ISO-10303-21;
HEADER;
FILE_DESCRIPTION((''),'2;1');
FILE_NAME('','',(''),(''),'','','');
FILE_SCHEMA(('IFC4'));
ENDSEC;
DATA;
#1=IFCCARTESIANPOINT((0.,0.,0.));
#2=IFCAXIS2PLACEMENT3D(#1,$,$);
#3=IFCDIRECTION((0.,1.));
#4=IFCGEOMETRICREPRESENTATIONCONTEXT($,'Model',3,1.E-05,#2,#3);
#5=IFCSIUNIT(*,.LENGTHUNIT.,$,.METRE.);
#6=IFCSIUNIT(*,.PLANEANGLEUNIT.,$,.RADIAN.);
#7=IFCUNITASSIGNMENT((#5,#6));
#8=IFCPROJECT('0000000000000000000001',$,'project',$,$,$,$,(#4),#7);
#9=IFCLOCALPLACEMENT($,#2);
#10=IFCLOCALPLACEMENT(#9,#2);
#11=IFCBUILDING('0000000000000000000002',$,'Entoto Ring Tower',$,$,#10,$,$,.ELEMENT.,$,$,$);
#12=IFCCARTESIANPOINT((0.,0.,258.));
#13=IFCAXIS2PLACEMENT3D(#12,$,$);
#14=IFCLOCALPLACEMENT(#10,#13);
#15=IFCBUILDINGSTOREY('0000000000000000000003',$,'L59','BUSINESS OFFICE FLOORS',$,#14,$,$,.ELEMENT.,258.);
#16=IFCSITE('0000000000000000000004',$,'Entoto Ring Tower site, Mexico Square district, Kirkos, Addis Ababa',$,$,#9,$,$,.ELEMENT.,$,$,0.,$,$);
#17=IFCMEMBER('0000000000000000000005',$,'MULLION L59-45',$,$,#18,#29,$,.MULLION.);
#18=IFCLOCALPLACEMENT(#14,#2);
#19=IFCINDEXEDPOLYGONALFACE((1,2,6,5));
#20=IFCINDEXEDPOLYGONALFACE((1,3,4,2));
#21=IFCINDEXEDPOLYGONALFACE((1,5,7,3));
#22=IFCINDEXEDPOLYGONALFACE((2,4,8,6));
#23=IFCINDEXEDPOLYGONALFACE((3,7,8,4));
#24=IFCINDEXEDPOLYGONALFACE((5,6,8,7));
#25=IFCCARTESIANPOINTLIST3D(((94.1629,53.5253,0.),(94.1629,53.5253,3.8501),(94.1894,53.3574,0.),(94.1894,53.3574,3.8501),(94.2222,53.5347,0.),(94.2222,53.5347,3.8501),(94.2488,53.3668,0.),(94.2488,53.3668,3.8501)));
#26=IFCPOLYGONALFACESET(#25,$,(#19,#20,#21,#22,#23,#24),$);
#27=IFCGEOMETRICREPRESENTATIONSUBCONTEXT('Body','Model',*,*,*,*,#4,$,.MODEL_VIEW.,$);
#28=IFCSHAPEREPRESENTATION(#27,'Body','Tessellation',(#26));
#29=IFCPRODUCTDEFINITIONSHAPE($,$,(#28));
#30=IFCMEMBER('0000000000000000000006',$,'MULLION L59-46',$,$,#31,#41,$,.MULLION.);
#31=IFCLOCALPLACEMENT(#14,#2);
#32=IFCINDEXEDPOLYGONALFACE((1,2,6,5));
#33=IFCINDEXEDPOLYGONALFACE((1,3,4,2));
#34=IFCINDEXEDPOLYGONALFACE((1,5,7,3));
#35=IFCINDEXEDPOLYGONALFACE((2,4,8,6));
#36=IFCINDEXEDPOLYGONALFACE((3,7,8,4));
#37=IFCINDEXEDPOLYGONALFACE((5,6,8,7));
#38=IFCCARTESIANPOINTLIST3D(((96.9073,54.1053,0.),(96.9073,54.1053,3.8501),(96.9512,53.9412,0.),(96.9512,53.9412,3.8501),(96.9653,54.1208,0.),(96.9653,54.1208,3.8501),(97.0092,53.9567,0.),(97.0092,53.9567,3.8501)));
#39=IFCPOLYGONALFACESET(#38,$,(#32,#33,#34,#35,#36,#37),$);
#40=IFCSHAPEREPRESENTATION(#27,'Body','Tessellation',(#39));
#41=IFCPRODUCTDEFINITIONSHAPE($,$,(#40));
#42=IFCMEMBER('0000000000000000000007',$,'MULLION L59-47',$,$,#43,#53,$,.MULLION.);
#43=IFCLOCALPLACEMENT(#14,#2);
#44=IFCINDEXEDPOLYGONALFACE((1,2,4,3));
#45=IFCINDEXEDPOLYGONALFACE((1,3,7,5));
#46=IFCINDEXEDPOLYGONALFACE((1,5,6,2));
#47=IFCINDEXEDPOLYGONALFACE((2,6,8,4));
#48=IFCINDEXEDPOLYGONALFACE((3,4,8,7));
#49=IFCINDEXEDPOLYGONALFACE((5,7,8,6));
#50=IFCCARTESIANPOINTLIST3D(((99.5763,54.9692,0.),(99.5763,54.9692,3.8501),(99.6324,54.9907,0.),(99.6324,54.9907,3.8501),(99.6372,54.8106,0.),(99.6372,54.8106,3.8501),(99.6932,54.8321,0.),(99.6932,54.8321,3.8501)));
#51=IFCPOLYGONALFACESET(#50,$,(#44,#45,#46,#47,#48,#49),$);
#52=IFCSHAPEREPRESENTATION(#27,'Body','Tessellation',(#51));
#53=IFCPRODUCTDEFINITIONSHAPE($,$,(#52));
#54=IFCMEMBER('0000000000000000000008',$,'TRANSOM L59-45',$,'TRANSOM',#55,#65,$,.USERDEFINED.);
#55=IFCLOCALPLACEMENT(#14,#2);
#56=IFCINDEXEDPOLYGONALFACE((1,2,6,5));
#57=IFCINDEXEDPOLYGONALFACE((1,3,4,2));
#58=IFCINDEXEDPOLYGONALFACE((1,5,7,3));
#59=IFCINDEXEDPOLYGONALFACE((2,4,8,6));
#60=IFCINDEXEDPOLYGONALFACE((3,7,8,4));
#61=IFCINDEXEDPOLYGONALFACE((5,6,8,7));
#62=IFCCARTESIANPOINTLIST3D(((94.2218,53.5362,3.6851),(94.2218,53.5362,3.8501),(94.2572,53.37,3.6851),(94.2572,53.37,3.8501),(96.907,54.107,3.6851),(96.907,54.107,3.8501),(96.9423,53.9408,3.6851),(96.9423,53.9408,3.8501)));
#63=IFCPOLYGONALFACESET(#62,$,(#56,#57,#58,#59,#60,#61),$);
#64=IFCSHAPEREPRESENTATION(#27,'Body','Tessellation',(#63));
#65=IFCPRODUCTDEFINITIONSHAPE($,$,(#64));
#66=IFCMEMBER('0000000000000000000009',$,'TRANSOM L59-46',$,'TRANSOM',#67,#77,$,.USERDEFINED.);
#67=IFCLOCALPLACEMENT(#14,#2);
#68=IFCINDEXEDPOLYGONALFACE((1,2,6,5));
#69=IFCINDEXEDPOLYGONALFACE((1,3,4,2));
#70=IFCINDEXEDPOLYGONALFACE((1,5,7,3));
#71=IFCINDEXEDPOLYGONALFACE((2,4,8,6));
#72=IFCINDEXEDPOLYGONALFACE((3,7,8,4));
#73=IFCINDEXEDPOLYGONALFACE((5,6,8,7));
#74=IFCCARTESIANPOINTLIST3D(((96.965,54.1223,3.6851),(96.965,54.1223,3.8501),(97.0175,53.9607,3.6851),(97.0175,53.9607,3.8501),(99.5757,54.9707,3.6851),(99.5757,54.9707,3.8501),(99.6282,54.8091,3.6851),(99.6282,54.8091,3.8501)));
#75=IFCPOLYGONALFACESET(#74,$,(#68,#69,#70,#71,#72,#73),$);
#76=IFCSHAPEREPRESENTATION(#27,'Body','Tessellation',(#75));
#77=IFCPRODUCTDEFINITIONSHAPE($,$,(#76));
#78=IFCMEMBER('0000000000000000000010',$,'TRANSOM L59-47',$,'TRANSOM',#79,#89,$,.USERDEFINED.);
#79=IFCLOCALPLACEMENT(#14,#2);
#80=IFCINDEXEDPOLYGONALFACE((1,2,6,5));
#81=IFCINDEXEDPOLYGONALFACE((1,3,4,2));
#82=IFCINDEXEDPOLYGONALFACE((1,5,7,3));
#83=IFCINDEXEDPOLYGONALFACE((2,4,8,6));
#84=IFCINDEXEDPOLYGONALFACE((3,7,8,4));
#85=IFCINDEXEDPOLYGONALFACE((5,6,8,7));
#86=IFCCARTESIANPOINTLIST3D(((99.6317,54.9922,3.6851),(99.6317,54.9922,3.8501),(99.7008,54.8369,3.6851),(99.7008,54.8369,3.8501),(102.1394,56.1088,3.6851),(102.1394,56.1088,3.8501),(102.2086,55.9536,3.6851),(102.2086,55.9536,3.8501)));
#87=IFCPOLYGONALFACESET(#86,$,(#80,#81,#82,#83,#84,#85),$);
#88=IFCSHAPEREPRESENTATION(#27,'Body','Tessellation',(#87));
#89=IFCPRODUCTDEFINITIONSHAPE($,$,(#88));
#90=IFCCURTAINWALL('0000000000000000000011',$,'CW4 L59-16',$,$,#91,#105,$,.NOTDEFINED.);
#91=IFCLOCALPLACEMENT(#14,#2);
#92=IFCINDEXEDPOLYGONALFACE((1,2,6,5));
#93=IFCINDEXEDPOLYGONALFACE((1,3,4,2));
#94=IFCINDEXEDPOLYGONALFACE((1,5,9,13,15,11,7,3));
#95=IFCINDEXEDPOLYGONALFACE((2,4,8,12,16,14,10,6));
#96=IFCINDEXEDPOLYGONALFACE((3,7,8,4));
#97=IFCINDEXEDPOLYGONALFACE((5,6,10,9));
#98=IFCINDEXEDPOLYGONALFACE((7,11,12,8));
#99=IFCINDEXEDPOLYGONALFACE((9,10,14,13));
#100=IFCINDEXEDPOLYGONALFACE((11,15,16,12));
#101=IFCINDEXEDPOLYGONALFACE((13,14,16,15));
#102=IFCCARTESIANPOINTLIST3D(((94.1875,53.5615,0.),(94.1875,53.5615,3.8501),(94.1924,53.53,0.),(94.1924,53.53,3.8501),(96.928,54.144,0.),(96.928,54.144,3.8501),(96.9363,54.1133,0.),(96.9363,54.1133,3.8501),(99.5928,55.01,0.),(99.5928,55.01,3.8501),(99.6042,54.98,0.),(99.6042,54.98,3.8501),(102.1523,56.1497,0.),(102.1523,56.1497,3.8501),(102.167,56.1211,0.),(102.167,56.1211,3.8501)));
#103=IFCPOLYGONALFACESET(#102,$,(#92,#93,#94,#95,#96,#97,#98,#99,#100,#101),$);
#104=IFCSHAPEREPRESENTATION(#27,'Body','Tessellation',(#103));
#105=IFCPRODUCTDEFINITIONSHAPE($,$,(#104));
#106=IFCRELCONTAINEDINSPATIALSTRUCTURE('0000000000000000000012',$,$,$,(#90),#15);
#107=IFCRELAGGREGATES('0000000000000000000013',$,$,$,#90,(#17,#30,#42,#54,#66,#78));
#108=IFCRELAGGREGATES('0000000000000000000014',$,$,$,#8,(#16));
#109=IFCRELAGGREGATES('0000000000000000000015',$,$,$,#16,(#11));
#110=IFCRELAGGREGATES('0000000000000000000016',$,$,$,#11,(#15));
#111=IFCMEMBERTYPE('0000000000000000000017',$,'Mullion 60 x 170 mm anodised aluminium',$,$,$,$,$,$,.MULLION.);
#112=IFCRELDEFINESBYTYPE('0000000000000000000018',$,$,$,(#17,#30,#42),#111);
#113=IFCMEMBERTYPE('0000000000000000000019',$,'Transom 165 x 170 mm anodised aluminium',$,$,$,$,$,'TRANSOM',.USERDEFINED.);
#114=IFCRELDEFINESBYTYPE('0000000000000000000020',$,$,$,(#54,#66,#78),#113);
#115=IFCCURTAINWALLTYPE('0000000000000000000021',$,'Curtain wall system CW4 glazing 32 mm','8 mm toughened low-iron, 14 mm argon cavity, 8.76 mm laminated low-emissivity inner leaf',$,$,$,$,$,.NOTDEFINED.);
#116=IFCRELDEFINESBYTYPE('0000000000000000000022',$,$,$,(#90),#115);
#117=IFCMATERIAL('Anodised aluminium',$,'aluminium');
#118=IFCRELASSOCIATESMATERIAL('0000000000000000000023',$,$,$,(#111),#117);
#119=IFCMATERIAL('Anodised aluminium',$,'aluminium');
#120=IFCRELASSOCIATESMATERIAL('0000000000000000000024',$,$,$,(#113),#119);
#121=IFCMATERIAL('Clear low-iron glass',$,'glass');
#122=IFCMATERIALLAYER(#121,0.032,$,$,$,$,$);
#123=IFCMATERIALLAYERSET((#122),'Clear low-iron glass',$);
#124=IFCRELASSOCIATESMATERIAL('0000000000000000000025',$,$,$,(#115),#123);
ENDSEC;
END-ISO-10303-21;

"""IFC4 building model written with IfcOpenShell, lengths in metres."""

from ifc_helpers import new_model, si_unit, direction, frame, origin, origin_2d, place, context, subcontext, project, spatial, polyline, rectangle, outline, extrude, material, layer, layer_set, material_profile, profile_set, type_object, element, aggregate, save


model = new_model("IFC4")

# Units and contexts
model_context = context("Model", 3, precision=1e-05, world=origin(), true_north=direction((0.0, 1.0)))
body_context = subcontext(model_context, "Body", "Model", "MODEL_VIEW")
ifc_project = project(units=[si_unit("LENGTHUNIT", "METRE"), si_unit("PLANEANGLEUNIT", "RADIAN")], contexts=[model_context])

# Members
ifc_material_1 = material(Name="Anodised aluminium", Category="aluminium")
ifc_material_profile_1 = material_profile(ifc_material_1, rectangle(XDim=0.0601, YDim=0.1699, at=origin_2d()), Name="Mullion 60 x 170 mm anodised aluminium")
ifc_profile_set_1 = profile_set([ifc_material_profile_1], Name="Anodised aluminium")
member_type_1 = type_object("IfcMemberType", Name="Mullion 60 x 170 mm anodised aluminium", PredefinedType="MULLION", material=ifc_profile_set_1)
site_placement = place(None, origin())
building_placement = place(site_placement, origin())
storey_placement = place(building_placement, frame((0.0, 0.0, 258.0)))
member_1_placement = place(storey_placement, frame((94.2058, 53.446, 0.0), z_axis=(0.0, 0.0, 1.0), x_axis=(0.987688, 0.156434, 0.0)))
member_1 = element("IfcMember", 1, at=member_1_placement, type_object=member_type_1, Name="MULLION L59-45", PredefinedType="MULLION", context=body_context, shape_type="SweptSolid", body=[
    extrude(rectangle(XDim=0.0601, YDim=0.1699, at=origin_2d()), origin(), (0.0, 0.0, 1.0), 3.8501),
])
member_2_placement = place(storey_placement, frame((96.9583, 54.031, 0.0), z_axis=(0.0, 0.0, 1.0), x_axis=(0.965926, 0.258819, 0.0)))
member_2 = element("IfcMember", 2, at=member_2_placement, type_object=member_type_1, Name="MULLION L59-46", PredefinedType="MULLION", context=body_context, shape_type="SweptSolid", body=[
    extrude(rectangle(XDim=0.0601, YDim=0.1699, at=origin_2d()), origin(), (0.0, 0.0, 1.0), 3.8501),
])
member_3_placement = place(storey_placement, frame((99.6348, 54.9006, 0.0), z_axis=(0.0, 0.0, 1.0), x_axis=(0.93358, 0.358368, 0.0)))
member_3 = element("IfcMember", 3, at=member_3_placement, type_object=member_type_1, Name="MULLION L59-47", PredefinedType="MULLION", context=body_context, shape_type="SweptSolid", body=[
    extrude(rectangle(XDim=0.0601, YDim=0.1699, at=origin_2d()), origin(), (0.0, 0.0, 1.0), 3.8501),
])
ifc_material_2 = material(Name="Anodised aluminium", Category="aluminium")
ifc_material_profile_2 = material_profile(ifc_material_2, rectangle(XDim=0.1699, YDim=0.165, at=origin_2d()), Name="Transom 165 x 170 mm anodised aluminium")
ifc_profile_set_2 = profile_set([ifc_material_profile_2], Name="Anodised aluminium")
member_type_2 = type_object("IfcMemberType", Name="Transom 165 x 170 mm anodised aluminium", ElementType="TRANSOM", PredefinedType="USERDEFINED", material=ifc_profile_set_2)
member_4_placement = place(storey_placement, frame((94.2395, 53.4531, 3.7676), z_axis=(0.978142, 0.207937, 0.0), x_axis=(-0.207937, 0.978142, 0.0)))
member_4 = element("IfcMember", 4, at=member_4_placement, type_object=member_type_2, Name="TRANSOM L59-45", ObjectType="TRANSOM", PredefinedType="USERDEFINED", context=body_context, shape_type="SweptSolid", body=[
    extrude(rectangle(XDim=0.1699, YDim=0.165, at=origin_2d()), origin(), (0.0, 0.0, 1.0), 2.7451),
])
member_5_placement = place(storey_placement, frame((96.9912, 54.0415, 3.7676), z_axis=(0.951048, 0.309042, 0.0), x_axis=(-0.309042, 0.951048, 0.0)))
member_5 = element("IfcMember", 5, at=member_5_placement, type_object=member_type_2, Name="TRANSOM L59-46", ObjectType="TRANSOM", PredefinedType="USERDEFINED", context=body_context, shape_type="SweptSolid", body=[
    extrude(rectangle(XDim=0.1699, YDim=0.165, at=origin_2d()), origin(), (0.0, 0.0, 1.0), 2.7451),
])
member_6_placement = place(storey_placement, frame((99.6663, 54.9146, 3.7676), z_axis=(0.913525, 0.406782, 0.0), x_axis=(-0.406782, 0.913525, 0.0)))
member_6 = element("IfcMember", 6, at=member_6_placement, type_object=member_type_2, Name="TRANSOM L59-47", ObjectType="TRANSOM", PredefinedType="USERDEFINED", context=body_context, shape_type="SweptSolid", body=[
    extrude(rectangle(XDim=0.1699, YDim=0.165, at=origin_2d()), origin(), (0.0, 0.0, 1.0), 2.7451),
])

# Site, building, storey
site = spatial("IfcSite", under=ifc_project, at=site_placement, Name="Entoto Ring Tower site, Mexico Square district, Kirkos, Addis Ababa", CompositionType="ELEMENT", RefElevation=0.0)
building = spatial("IfcBuilding", under=site, at=building_placement, Name="Entoto Ring Tower", CompositionType="ELEMENT")
storey = spatial("IfcBuildingStorey", under=building, at=storey_placement, Name="L59", Description="BUSINESS OFFICE FLOORS", CompositionType="ELEMENT", Elevation=258.0)

# Curtain wall
ifc_material_3 = material(Name="Clear low-iron glass", Category="glass")
ifc_layer = layer(ifc_material_3, 0.032)
ifc_layer_set = layer_set([ifc_layer], Name="Clear low-iron glass")
curtain_wall_type = type_object("IfcCurtainWallType", Name="Curtain wall system CW4 glazing 32 mm", Description="8 mm toughened low-iron, 14 mm argon cavity, 8.76 mm laminated low-emissivity inner leaf", PredefinedType="NOTDEFINED", material=ifc_layer_set)
curtain_wall_1_placement = place(storey_placement, origin())
curtain_wall_1 = element("IfcCurtainWall", 7, at=curtain_wall_1_placement, inside=storey, type_object=curtain_wall_type, Name="CW4 L59-16", PredefinedType="NOTDEFINED", context=body_context, shape_type="SweptSolid", body=[
    extrude(outline(polyline([(94.1924, 53.53), (96.9363, 54.1133), (99.6042, 54.98), (102.167, 56.1211), (102.1523, 56.1497), (99.5928, 55.01), (96.928, 54.144), (94.1875, 53.5615), (94.1924, 53.53)])), origin(), (0.0, 0.0, 1.0), 3.8501),
])
aggregate(curtain_wall_1, [member_1, member_2, member_3, member_4, member_5, member_6])

save(model, "model.ifc")
